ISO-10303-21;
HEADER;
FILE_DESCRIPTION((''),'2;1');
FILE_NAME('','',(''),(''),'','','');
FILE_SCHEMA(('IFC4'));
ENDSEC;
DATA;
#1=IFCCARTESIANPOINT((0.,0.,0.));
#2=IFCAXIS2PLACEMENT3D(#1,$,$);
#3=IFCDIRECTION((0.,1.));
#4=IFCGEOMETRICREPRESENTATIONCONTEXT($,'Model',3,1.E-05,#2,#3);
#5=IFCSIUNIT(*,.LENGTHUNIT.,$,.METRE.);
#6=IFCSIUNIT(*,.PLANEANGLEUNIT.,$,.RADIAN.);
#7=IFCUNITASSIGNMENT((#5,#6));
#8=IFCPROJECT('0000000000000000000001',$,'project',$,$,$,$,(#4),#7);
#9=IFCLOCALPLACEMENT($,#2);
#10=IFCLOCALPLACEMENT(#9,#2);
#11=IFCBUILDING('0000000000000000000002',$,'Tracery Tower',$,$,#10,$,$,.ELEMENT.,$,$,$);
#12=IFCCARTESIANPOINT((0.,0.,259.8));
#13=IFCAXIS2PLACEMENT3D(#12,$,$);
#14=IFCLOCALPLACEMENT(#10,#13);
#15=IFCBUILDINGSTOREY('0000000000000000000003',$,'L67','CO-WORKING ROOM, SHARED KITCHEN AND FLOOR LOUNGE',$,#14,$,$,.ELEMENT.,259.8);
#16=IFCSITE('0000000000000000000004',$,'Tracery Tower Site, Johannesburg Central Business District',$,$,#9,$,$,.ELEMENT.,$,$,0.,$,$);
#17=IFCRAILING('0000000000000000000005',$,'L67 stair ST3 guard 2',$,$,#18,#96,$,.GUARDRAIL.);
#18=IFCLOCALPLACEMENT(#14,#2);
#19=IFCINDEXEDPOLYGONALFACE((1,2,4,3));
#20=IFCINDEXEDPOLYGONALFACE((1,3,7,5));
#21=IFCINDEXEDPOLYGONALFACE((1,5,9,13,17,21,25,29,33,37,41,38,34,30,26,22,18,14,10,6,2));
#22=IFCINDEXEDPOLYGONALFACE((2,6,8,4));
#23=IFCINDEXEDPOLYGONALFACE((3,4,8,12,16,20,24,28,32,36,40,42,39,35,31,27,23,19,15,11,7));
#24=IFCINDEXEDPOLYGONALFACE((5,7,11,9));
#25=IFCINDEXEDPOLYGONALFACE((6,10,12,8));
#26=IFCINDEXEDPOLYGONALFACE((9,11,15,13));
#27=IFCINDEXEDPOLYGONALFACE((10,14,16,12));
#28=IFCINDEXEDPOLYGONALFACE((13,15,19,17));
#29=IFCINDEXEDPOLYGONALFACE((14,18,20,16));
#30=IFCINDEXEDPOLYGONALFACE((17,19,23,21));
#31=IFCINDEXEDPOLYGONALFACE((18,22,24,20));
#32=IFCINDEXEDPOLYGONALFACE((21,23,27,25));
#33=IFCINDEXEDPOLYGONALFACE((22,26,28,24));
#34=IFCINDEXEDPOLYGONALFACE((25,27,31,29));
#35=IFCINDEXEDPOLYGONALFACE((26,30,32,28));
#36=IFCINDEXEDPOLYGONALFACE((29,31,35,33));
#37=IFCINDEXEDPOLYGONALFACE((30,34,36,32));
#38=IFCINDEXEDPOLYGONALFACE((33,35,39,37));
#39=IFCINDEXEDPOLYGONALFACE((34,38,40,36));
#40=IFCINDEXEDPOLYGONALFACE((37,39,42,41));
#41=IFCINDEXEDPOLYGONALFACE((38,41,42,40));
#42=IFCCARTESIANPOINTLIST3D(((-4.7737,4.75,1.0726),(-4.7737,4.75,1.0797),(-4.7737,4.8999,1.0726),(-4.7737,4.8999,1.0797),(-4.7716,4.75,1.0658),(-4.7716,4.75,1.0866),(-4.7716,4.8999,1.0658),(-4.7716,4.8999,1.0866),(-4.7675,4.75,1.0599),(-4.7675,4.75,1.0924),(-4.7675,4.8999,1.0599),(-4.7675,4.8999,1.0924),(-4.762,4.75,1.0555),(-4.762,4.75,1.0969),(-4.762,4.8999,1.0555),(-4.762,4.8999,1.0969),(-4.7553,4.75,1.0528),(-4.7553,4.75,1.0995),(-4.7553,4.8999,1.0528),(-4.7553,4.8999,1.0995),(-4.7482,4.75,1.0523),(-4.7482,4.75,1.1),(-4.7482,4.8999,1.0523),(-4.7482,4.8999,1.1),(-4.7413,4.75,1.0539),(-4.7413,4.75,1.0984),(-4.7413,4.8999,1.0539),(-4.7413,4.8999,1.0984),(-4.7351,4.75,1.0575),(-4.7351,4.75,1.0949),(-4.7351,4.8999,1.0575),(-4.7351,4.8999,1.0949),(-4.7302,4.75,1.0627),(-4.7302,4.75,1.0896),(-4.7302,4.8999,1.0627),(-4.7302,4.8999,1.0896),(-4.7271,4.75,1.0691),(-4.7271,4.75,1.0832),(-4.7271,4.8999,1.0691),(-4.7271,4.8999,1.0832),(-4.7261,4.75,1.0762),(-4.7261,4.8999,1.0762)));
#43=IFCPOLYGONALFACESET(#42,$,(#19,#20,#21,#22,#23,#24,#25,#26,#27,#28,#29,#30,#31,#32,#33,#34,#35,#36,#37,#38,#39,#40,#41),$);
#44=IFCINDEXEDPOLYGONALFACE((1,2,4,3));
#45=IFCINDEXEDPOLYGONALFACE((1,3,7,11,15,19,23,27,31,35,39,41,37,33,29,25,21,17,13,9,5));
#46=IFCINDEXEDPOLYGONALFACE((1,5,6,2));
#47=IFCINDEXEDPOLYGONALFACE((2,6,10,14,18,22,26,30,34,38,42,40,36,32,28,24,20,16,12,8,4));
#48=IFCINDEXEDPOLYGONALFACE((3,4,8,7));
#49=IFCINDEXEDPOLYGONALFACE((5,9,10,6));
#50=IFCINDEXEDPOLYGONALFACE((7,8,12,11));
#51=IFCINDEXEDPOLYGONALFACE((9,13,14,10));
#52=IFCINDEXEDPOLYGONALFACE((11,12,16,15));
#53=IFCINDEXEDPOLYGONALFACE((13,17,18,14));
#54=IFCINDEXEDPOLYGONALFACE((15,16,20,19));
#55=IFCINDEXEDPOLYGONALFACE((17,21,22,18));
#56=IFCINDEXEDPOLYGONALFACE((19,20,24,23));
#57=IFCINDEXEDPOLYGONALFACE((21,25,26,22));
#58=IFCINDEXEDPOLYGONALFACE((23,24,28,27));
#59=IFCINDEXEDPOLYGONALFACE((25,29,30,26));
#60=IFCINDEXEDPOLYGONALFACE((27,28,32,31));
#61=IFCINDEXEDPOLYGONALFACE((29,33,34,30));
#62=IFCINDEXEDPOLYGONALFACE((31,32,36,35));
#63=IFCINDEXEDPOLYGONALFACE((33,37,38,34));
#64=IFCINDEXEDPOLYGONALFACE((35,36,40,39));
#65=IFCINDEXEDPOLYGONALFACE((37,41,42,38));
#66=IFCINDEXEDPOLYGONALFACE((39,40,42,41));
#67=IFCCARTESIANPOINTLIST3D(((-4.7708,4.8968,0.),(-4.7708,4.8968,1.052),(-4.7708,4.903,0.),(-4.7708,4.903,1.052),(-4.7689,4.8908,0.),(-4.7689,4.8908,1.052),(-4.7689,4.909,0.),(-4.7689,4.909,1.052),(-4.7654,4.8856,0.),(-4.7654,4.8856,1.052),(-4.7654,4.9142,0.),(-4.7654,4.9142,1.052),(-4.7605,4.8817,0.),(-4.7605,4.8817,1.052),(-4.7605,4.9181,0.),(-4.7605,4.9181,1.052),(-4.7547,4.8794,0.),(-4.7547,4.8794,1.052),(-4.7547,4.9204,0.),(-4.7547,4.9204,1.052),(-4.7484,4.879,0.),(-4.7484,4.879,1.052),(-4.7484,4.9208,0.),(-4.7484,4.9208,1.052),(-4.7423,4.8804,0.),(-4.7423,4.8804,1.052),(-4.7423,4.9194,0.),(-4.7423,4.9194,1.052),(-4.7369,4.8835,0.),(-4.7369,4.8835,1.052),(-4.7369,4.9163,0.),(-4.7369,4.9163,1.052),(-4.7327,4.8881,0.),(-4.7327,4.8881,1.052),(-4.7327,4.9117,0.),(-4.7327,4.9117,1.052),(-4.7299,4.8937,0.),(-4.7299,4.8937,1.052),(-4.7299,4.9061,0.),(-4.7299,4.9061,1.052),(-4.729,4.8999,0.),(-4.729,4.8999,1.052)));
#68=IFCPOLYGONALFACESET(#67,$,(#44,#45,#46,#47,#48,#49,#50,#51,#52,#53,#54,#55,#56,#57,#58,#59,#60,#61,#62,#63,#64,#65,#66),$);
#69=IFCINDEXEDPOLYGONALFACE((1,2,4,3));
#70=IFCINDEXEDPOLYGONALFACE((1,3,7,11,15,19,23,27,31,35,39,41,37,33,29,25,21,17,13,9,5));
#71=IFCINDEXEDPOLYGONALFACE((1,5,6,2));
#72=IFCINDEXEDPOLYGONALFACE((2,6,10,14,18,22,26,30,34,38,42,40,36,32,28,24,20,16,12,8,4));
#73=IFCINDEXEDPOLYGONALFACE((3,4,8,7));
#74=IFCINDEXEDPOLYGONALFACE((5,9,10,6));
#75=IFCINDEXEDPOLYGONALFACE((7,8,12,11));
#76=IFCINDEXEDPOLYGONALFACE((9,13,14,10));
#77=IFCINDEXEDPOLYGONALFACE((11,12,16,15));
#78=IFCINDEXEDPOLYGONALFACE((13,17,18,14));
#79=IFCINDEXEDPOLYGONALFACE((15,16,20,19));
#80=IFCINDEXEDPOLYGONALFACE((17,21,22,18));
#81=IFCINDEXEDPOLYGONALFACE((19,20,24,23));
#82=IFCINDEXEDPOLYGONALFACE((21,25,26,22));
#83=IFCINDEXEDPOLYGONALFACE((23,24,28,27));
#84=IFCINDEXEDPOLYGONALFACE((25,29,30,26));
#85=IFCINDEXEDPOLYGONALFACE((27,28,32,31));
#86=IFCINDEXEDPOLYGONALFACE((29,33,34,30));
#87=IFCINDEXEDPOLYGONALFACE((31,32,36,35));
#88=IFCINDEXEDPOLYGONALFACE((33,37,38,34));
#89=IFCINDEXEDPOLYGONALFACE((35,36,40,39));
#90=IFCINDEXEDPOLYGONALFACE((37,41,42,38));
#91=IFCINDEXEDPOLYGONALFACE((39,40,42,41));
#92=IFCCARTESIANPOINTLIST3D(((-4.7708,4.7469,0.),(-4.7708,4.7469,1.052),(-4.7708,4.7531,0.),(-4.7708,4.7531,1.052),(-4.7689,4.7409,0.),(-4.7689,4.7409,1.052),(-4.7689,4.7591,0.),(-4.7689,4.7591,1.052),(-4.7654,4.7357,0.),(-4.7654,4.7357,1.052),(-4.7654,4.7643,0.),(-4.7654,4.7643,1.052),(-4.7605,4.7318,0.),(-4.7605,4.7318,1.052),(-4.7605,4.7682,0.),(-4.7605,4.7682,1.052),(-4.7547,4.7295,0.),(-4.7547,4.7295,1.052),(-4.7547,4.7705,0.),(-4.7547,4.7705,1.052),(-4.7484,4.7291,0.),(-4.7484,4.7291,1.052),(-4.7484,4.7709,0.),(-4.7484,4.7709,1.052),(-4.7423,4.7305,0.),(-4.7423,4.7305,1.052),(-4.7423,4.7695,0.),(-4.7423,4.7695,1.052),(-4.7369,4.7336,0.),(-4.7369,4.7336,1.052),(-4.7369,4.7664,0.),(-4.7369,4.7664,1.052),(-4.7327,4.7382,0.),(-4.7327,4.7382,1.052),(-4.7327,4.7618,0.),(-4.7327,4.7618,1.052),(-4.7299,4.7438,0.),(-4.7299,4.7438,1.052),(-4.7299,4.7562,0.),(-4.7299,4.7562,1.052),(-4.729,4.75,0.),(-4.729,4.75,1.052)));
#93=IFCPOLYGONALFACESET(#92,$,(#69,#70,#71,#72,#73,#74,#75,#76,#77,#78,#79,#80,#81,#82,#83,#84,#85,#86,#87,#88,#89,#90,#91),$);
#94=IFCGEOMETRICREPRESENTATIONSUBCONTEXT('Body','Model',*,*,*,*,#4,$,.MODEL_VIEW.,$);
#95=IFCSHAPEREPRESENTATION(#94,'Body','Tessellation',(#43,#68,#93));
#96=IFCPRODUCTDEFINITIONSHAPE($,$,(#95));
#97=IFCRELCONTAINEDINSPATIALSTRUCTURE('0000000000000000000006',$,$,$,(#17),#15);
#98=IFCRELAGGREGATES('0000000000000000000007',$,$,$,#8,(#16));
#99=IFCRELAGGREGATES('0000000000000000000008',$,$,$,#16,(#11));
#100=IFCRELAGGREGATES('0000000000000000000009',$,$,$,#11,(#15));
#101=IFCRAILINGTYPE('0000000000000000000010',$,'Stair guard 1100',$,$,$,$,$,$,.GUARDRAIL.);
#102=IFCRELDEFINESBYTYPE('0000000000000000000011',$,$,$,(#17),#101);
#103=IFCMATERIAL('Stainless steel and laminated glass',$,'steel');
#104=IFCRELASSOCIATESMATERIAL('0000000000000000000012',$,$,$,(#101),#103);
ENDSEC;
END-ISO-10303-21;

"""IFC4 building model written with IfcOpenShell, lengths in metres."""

from ifc_helpers import new_model, si_unit, direction, frame, origin, origin_2d, place, context, subcontext, project, spatial, circle, extrude, material, type_object, element, save


model = new_model("IFC4")

# Units and contexts
model_context = context("Model", 3, precision=1e-05, world=origin(), true_north=direction((0.0, 1.0)))
body_context = subcontext(model_context, "Body", "Model", "MODEL_VIEW")
ifc_project = project(units=[si_unit("LENGTHUNIT", "METRE"), si_unit("PLANEANGLEUNIT", "RADIAN")], contexts=[model_context])

# Site, building, storey
site_placement = place(None, origin())
site = spatial("IfcSite", under=ifc_project, at=site_placement, Name="Tracery Tower Site, Johannesburg Central Business District", CompositionType="ELEMENT", RefElevation=0.0)
building_placement = place(site_placement, origin())
building = spatial("IfcBuilding", under=site, at=building_placement, Name="Tracery Tower", CompositionType="ELEMENT")
storey_placement = place(building_placement, frame((0.0, 0.0, 259.8)))
storey = spatial("IfcBuildingStorey", under=building, at=storey_placement, Name="L67", Description="CO-WORKING ROOM, SHARED KITCHEN AND FLOOR LOUNGE", CompositionType="ELEMENT", Elevation=259.8)

# Railing
ifc_material_1 = material(Name="Stainless steel and laminated glass", Category="steel")
railing_type_1 = type_object("IfcRailingType", Name="Stair guard 1100", PredefinedType="GUARDRAIL", material=ifc_material_1)
railing_1_placement = place(storey_placement, frame((-4.75, 4.8999, 0.0)))
element("IfcRailing", 1, at=railing_1_placement, inside=storey, type_object=railing_type_1, Name="L67 stair ST3 guard 2", PredefinedType="GUARDRAIL", context=body_context, shape_type="SweptSolid", body=[
    extrude(circle(Radius=0.0239, at=origin_2d()), frame((0.0, 0.0, 1.0762), z_axis=(0.0, -1.0, 0.0), x_axis=(1.0, 0.0, 0.0)), (0.0, 0.0, 1.0), 0.1499),
    extrude(circle(Radius=0.021, at=origin_2d()), origin(), (0.0, 0.0, 1.0), 1.052),
    extrude(circle(Radius=0.021, at=origin_2d()), frame((0.0, -0.1499, 0.0)), (0.0, 0.0, 1.0), 1.052),
])

save(model, "model.ifc")
